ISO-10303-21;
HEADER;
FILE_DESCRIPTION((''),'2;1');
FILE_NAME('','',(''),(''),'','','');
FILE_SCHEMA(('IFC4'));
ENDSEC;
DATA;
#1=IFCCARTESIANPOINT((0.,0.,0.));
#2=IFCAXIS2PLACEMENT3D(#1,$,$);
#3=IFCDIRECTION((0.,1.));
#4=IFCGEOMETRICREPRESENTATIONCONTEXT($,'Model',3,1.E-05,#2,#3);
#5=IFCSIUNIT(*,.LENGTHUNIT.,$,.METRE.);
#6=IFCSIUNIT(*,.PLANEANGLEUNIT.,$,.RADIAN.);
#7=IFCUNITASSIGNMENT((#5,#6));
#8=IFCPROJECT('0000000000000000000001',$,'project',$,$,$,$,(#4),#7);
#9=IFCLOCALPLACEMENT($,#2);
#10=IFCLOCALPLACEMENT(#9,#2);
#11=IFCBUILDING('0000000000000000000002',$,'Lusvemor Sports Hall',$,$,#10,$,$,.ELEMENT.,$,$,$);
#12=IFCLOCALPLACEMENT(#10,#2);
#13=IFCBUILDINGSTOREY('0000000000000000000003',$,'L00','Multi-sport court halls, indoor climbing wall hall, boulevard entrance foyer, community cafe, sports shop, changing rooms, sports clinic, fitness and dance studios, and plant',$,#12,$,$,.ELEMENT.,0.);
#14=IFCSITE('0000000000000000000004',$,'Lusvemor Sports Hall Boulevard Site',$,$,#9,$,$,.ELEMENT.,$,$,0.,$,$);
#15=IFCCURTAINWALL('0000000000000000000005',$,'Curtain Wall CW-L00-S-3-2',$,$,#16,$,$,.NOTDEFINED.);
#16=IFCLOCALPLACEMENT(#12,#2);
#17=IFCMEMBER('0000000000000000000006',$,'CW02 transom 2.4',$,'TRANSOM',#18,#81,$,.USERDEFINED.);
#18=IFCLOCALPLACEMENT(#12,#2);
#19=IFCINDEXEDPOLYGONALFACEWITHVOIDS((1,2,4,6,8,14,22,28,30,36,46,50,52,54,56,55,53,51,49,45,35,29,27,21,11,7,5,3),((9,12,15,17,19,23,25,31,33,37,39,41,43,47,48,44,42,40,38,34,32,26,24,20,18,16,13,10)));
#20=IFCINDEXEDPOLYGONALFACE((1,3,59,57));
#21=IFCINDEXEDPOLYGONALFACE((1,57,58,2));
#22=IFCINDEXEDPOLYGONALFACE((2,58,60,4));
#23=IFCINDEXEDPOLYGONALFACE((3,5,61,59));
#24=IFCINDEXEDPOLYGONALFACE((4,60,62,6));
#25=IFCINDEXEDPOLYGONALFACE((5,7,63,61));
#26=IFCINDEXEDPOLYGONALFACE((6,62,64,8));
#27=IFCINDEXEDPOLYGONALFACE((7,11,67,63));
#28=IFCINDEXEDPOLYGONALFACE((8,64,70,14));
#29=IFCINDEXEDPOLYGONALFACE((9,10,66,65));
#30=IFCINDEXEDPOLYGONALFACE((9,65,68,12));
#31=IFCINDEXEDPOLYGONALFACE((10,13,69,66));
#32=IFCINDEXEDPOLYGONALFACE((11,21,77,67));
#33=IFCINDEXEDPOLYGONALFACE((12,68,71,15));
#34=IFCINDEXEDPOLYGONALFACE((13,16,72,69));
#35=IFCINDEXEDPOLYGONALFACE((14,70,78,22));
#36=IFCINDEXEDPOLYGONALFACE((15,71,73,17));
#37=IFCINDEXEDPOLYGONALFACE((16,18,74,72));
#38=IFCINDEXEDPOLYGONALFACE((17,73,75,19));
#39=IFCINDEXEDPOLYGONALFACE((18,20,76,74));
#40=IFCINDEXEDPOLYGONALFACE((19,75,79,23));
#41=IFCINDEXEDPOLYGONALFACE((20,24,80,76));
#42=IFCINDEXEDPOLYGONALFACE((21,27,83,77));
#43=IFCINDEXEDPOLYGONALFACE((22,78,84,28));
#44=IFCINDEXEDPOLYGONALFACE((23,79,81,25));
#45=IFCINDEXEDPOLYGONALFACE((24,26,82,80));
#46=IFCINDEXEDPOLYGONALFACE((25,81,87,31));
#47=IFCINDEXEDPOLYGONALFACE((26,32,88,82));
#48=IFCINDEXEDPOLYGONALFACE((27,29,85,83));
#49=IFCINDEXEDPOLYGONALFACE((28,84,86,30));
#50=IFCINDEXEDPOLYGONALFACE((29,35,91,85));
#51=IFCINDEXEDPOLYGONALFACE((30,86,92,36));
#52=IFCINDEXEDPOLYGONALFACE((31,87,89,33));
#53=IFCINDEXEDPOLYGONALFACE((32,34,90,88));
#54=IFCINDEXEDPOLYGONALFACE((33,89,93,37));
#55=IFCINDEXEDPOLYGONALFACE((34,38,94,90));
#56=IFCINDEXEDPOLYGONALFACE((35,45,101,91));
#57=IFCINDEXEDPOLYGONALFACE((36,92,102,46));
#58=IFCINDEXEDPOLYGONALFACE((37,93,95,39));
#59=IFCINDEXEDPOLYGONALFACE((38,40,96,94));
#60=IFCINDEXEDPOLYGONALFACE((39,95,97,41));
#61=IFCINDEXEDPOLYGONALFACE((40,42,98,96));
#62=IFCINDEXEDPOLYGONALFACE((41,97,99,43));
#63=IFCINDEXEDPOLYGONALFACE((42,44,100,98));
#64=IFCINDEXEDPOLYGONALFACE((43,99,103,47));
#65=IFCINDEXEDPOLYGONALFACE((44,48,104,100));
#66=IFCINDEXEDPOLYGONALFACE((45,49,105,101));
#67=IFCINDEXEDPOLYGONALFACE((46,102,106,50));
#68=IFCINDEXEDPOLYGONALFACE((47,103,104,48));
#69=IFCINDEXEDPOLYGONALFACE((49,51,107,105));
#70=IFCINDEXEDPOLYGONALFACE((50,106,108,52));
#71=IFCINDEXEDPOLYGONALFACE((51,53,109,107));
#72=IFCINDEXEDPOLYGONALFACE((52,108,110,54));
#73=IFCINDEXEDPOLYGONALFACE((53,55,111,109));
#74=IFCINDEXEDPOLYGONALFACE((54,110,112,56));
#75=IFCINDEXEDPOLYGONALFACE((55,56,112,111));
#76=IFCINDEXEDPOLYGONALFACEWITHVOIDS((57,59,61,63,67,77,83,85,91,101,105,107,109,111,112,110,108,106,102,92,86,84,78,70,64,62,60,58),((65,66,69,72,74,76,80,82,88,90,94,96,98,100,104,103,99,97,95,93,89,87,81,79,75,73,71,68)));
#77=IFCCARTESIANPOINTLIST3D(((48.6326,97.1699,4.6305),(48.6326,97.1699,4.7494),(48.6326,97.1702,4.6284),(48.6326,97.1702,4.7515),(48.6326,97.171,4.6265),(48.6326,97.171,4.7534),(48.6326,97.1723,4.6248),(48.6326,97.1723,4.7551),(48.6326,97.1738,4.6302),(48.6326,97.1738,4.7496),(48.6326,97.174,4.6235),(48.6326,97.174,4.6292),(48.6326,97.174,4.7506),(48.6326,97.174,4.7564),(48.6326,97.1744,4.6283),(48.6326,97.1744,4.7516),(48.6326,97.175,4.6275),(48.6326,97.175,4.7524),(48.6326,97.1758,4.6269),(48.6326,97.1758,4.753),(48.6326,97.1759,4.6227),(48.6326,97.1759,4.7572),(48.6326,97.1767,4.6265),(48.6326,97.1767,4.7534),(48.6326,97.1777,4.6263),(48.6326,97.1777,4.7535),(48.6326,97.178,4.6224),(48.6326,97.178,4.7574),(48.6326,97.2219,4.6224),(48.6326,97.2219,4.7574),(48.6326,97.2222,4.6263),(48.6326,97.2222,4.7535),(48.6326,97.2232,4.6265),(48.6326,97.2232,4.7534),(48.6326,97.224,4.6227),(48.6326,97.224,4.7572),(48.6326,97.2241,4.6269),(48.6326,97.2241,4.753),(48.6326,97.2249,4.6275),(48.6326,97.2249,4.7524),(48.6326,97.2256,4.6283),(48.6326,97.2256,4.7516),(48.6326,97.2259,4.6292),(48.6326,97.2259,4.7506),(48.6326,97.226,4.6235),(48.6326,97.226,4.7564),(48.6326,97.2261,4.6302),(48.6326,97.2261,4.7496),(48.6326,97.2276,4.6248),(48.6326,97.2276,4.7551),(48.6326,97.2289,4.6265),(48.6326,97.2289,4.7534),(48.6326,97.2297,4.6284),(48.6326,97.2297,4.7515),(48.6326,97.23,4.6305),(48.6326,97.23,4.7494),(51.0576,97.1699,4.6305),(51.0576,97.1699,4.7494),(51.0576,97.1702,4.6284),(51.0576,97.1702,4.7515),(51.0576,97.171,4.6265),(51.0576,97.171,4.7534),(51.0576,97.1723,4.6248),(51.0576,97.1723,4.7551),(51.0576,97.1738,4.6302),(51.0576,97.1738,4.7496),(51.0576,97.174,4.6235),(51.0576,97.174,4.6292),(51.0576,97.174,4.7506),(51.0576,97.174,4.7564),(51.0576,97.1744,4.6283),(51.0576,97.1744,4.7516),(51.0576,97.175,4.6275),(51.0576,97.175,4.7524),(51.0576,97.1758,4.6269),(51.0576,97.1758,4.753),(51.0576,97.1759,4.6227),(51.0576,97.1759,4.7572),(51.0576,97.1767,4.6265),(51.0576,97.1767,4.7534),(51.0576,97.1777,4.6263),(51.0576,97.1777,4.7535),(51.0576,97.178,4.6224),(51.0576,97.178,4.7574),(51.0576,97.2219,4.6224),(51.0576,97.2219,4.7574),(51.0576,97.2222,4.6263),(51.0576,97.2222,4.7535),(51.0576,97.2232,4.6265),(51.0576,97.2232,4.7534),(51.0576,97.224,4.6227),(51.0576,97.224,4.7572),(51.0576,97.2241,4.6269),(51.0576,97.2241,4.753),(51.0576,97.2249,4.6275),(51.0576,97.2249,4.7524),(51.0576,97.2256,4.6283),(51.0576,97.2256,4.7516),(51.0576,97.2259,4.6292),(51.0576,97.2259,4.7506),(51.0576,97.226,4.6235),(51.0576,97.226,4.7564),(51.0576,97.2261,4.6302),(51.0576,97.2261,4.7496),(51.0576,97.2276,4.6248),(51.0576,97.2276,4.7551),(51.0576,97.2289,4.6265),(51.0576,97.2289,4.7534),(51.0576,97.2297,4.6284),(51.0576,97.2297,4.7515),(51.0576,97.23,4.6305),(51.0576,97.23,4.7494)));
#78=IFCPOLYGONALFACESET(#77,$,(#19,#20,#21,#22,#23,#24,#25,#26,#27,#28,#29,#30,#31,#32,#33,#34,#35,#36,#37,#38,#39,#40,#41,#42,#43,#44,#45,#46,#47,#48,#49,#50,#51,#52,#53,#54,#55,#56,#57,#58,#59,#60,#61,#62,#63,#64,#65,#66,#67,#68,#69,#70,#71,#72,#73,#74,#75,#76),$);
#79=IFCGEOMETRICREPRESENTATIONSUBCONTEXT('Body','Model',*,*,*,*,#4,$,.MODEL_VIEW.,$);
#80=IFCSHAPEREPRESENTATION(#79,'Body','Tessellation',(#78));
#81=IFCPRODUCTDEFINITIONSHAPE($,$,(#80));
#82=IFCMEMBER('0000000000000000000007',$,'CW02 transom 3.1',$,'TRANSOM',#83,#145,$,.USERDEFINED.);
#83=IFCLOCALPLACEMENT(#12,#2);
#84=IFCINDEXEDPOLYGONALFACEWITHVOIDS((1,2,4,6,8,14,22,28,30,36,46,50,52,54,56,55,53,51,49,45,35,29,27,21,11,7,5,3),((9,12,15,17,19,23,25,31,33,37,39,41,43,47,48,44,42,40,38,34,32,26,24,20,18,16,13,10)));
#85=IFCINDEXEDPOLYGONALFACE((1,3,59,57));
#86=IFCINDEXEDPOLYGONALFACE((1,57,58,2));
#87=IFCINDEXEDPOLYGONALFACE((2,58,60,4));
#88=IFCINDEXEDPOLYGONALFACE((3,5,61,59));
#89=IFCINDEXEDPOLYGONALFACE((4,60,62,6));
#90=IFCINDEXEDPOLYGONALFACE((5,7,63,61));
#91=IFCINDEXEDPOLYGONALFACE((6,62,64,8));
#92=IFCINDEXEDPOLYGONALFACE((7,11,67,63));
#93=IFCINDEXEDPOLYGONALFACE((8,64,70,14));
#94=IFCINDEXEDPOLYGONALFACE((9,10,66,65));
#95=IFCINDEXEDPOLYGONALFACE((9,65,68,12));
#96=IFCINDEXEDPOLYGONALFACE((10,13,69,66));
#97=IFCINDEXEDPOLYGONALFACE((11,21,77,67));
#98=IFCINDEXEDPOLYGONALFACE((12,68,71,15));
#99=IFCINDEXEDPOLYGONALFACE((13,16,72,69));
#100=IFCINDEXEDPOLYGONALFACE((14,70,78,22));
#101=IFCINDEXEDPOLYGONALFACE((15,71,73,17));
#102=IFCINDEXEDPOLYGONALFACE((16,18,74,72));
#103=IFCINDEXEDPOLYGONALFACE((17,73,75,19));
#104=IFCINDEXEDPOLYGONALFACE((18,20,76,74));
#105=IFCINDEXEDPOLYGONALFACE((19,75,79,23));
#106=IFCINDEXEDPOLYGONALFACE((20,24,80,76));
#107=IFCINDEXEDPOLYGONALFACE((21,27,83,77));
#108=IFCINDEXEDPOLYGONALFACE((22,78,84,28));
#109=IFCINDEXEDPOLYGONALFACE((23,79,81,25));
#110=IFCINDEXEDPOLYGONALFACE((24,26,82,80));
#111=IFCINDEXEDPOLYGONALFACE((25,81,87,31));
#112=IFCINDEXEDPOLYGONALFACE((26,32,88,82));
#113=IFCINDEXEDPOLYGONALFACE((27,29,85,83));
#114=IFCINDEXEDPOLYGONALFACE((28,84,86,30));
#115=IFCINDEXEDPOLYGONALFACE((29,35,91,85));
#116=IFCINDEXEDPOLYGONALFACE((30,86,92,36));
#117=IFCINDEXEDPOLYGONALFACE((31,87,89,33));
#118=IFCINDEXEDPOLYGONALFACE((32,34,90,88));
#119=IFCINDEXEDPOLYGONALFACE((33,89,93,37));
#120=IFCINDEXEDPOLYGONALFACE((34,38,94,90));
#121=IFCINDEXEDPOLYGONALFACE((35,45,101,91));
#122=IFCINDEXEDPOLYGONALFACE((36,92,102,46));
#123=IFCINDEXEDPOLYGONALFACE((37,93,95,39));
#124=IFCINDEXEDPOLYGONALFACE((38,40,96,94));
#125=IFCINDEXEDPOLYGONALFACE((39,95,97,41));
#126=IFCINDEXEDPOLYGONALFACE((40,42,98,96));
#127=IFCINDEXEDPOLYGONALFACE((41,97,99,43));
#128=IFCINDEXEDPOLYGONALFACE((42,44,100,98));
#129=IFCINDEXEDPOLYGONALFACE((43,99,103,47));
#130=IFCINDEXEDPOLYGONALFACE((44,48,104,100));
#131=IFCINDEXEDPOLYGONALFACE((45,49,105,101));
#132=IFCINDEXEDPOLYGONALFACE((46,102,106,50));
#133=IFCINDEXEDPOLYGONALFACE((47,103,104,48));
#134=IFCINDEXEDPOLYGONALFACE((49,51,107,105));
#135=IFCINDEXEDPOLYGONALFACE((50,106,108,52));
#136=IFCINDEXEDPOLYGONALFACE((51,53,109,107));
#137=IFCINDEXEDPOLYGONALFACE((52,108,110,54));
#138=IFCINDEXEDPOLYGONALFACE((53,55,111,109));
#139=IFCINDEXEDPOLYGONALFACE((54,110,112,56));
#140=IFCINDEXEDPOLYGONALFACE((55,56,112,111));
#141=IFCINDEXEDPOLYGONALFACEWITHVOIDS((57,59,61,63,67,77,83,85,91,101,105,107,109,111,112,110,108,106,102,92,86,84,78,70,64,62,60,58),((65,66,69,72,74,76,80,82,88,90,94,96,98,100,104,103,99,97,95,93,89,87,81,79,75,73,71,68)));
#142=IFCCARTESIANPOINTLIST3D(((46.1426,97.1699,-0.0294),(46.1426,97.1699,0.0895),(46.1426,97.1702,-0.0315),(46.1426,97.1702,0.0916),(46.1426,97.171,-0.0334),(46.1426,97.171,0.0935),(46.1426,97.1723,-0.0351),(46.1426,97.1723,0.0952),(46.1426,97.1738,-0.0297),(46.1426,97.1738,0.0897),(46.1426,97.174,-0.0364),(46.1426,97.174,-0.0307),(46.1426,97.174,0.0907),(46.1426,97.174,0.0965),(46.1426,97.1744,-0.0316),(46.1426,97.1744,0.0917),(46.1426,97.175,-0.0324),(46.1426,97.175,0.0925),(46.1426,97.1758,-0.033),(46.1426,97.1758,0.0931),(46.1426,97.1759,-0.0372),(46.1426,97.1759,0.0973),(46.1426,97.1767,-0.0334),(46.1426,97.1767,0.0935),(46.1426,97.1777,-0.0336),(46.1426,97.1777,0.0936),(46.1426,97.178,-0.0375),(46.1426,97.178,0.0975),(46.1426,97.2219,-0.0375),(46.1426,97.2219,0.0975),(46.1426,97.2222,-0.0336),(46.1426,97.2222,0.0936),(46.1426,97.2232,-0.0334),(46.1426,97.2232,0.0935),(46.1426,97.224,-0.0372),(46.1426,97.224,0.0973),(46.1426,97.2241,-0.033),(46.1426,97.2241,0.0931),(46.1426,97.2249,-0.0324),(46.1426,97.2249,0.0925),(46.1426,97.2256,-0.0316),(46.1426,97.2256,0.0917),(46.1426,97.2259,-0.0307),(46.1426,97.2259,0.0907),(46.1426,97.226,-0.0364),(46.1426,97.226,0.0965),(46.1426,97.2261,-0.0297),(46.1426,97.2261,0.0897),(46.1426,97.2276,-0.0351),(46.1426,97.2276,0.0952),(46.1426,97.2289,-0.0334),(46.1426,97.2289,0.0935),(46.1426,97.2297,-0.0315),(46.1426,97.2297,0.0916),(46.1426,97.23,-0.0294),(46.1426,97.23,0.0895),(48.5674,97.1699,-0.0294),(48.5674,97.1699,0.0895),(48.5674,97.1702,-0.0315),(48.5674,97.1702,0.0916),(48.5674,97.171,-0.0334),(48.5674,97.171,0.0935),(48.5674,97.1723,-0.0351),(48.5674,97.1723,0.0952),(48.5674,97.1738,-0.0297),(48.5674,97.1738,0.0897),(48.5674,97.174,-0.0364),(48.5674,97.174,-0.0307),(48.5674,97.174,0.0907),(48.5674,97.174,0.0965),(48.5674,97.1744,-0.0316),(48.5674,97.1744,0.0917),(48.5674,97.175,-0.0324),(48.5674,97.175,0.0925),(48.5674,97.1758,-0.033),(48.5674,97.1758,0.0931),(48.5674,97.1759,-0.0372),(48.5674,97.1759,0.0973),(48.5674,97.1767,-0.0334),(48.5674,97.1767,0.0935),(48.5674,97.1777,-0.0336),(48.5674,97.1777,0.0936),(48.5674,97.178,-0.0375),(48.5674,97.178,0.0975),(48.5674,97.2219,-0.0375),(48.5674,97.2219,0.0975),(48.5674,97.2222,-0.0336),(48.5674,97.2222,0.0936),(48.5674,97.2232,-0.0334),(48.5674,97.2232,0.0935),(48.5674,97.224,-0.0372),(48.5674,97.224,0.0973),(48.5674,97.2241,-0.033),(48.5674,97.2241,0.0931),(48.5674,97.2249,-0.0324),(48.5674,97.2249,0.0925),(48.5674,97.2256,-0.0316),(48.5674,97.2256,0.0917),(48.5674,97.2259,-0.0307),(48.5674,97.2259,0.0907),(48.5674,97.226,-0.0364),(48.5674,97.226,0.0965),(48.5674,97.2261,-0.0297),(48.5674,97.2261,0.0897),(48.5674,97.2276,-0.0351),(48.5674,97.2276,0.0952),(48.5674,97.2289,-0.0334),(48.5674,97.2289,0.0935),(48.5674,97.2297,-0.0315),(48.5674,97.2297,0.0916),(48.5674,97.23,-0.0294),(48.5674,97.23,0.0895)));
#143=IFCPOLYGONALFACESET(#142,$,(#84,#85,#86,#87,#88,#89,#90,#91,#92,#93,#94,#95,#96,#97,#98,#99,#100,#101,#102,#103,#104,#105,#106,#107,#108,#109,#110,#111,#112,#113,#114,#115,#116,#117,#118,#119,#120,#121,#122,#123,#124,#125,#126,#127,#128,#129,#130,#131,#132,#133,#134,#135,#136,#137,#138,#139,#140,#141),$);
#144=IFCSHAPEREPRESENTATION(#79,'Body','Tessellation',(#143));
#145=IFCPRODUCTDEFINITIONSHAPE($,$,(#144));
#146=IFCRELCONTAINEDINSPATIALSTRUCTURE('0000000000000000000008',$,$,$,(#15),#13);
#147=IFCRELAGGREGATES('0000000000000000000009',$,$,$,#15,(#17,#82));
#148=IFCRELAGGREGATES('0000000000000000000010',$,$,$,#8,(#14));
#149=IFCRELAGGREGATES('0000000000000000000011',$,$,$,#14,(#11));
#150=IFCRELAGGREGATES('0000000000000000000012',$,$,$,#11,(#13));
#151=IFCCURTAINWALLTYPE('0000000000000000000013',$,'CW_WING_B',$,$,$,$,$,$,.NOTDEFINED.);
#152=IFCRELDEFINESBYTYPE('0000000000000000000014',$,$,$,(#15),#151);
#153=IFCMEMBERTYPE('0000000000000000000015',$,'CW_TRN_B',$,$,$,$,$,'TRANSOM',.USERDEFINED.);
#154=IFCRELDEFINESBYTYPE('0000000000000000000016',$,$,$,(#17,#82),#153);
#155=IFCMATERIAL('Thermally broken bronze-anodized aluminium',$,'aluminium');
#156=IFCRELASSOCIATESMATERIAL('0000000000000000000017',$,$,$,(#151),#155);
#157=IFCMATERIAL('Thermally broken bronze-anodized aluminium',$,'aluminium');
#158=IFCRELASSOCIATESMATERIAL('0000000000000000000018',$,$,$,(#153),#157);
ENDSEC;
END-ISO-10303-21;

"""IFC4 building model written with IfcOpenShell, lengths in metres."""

from ifc_helpers import new_model, si_unit, direction, frame, origin, origin_2d, place, context, subcontext, project, spatial, hollow_rectangle, extrude, material, material_profile, profile_set, type_object, element, aggregate, save


model = new_model("IFC4")

# Units and contexts
model_context = context("Model", 3, precision=1e-05, world=origin(), true_north=direction((0.0, 1.0)))
body_context = subcontext(model_context, "Body", "Model", "MODEL_VIEW")
ifc_project = project(units=[si_unit("LENGTHUNIT", "METRE"), si_unit("PLANEANGLEUNIT", "RADIAN")], contexts=[model_context])

# Site, building, storey
site_placement = place(None, origin())
site = spatial("IfcSite", under=ifc_project, at=site_placement, Name="Lusvemor Sports Hall Boulevard Site", CompositionType="ELEMENT", RefElevation=0.0)
building_placement = place(site_placement, origin())
building = spatial("IfcBuilding", under=site, at=building_placement, Name="Lusvemor Sports Hall", CompositionType="ELEMENT")
storey_placement = place(building_placement, origin())
storey = spatial("IfcBuildingStorey", under=building, at=storey_placement, Name="L00", Description="Multi-sport court halls, indoor climbing wall hall, boulevard entrance foyer, community cafe, sports shop, changing rooms, sports clinic, fitness and dance studios, and plant", CompositionType="ELEMENT", Elevation=0.0)

# Curtain wall
ifc_material_1 = material(Name="Thermally broken bronze-anodized aluminium", Category="aluminium")
curtain_wall_type = type_object("IfcCurtainWallType", Name="CW_WING_B", PredefinedType="NOTDEFINED", material=ifc_material_1)
curtain_wall_1_placement = place(storey_placement, origin())
curtain_wall_1 = element("IfcCurtainWall", 1, at=curtain_wall_1_placement, inside=storey, type_object=curtain_wall_type, Name="Curtain Wall CW-L00-S-3-2", PredefinedType="NOTDEFINED")

# Members
ifc_material_2 = material(Name="Thermally broken bronze-anodized aluminium", Category="aluminium")
ifc_material_profile_1 = material_profile(ifc_material_2, hollow_rectangle(XDim=0.0601, YDim=0.135, WallThickness=0.0039, InnerFilletRadius=0.0039, OuterFilletRadius=0.0081, at=origin_2d()), Name="CWTRN135x60x4")
ifc_profile_set_1 = profile_set([ifc_material_profile_1], Name="Thermally broken bronze-anodized aluminium")
member_type_1 = type_object("IfcMemberType", Name="CW_TRN_B", ElementType="TRANSOM", PredefinedType="USERDEFINED", material=ifc_profile_set_1)
member_1_placement = place(storey_placement, frame((51.0576, 97.2, 4.6899), z_axis=(-1.0, 0.0, 0.0), x_axis=(0.0, -1.0, 0.0)))
member_1 = element("IfcMember", 2, at=member_1_placement, type_object=member_type_1, Name="CW02 transom 2.4", ObjectType="TRANSOM", PredefinedType="USERDEFINED", context=body_context, shape_type="SweptSolid", body=[
    extrude(hollow_rectangle(XDim=0.0601, YDim=0.135, WallThickness=0.0039, InnerFilletRadius=0.0039, OuterFilletRadius=0.0081, at=origin_2d()), origin(), (0.0, 0.0, 1.0), 2.425),
])
member_2_placement = place(storey_placement, frame((48.5674, 97.2, 0.03), z_axis=(-1.0, 0.0, 0.0), x_axis=(0.0, -1.0, 0.0)))
member_2 = element("IfcMember", 3, at=member_2_placement, type_object=member_type_1, Name="CW02 transom 3.1", ObjectType="TRANSOM", PredefinedType="USERDEFINED", context=body_context, shape_type="SweptSolid", body=[
    extrude(hollow_rectangle(XDim=0.0601, YDim=0.135, WallThickness=0.0039, InnerFilletRadius=0.0039, OuterFilletRadius=0.0081, at=origin_2d()), origin(), (0.0, 0.0, 1.0), 2.4248),
])

aggregate(curtain_wall_1, [member_1, member_2])

save(model, "model.ifc")
